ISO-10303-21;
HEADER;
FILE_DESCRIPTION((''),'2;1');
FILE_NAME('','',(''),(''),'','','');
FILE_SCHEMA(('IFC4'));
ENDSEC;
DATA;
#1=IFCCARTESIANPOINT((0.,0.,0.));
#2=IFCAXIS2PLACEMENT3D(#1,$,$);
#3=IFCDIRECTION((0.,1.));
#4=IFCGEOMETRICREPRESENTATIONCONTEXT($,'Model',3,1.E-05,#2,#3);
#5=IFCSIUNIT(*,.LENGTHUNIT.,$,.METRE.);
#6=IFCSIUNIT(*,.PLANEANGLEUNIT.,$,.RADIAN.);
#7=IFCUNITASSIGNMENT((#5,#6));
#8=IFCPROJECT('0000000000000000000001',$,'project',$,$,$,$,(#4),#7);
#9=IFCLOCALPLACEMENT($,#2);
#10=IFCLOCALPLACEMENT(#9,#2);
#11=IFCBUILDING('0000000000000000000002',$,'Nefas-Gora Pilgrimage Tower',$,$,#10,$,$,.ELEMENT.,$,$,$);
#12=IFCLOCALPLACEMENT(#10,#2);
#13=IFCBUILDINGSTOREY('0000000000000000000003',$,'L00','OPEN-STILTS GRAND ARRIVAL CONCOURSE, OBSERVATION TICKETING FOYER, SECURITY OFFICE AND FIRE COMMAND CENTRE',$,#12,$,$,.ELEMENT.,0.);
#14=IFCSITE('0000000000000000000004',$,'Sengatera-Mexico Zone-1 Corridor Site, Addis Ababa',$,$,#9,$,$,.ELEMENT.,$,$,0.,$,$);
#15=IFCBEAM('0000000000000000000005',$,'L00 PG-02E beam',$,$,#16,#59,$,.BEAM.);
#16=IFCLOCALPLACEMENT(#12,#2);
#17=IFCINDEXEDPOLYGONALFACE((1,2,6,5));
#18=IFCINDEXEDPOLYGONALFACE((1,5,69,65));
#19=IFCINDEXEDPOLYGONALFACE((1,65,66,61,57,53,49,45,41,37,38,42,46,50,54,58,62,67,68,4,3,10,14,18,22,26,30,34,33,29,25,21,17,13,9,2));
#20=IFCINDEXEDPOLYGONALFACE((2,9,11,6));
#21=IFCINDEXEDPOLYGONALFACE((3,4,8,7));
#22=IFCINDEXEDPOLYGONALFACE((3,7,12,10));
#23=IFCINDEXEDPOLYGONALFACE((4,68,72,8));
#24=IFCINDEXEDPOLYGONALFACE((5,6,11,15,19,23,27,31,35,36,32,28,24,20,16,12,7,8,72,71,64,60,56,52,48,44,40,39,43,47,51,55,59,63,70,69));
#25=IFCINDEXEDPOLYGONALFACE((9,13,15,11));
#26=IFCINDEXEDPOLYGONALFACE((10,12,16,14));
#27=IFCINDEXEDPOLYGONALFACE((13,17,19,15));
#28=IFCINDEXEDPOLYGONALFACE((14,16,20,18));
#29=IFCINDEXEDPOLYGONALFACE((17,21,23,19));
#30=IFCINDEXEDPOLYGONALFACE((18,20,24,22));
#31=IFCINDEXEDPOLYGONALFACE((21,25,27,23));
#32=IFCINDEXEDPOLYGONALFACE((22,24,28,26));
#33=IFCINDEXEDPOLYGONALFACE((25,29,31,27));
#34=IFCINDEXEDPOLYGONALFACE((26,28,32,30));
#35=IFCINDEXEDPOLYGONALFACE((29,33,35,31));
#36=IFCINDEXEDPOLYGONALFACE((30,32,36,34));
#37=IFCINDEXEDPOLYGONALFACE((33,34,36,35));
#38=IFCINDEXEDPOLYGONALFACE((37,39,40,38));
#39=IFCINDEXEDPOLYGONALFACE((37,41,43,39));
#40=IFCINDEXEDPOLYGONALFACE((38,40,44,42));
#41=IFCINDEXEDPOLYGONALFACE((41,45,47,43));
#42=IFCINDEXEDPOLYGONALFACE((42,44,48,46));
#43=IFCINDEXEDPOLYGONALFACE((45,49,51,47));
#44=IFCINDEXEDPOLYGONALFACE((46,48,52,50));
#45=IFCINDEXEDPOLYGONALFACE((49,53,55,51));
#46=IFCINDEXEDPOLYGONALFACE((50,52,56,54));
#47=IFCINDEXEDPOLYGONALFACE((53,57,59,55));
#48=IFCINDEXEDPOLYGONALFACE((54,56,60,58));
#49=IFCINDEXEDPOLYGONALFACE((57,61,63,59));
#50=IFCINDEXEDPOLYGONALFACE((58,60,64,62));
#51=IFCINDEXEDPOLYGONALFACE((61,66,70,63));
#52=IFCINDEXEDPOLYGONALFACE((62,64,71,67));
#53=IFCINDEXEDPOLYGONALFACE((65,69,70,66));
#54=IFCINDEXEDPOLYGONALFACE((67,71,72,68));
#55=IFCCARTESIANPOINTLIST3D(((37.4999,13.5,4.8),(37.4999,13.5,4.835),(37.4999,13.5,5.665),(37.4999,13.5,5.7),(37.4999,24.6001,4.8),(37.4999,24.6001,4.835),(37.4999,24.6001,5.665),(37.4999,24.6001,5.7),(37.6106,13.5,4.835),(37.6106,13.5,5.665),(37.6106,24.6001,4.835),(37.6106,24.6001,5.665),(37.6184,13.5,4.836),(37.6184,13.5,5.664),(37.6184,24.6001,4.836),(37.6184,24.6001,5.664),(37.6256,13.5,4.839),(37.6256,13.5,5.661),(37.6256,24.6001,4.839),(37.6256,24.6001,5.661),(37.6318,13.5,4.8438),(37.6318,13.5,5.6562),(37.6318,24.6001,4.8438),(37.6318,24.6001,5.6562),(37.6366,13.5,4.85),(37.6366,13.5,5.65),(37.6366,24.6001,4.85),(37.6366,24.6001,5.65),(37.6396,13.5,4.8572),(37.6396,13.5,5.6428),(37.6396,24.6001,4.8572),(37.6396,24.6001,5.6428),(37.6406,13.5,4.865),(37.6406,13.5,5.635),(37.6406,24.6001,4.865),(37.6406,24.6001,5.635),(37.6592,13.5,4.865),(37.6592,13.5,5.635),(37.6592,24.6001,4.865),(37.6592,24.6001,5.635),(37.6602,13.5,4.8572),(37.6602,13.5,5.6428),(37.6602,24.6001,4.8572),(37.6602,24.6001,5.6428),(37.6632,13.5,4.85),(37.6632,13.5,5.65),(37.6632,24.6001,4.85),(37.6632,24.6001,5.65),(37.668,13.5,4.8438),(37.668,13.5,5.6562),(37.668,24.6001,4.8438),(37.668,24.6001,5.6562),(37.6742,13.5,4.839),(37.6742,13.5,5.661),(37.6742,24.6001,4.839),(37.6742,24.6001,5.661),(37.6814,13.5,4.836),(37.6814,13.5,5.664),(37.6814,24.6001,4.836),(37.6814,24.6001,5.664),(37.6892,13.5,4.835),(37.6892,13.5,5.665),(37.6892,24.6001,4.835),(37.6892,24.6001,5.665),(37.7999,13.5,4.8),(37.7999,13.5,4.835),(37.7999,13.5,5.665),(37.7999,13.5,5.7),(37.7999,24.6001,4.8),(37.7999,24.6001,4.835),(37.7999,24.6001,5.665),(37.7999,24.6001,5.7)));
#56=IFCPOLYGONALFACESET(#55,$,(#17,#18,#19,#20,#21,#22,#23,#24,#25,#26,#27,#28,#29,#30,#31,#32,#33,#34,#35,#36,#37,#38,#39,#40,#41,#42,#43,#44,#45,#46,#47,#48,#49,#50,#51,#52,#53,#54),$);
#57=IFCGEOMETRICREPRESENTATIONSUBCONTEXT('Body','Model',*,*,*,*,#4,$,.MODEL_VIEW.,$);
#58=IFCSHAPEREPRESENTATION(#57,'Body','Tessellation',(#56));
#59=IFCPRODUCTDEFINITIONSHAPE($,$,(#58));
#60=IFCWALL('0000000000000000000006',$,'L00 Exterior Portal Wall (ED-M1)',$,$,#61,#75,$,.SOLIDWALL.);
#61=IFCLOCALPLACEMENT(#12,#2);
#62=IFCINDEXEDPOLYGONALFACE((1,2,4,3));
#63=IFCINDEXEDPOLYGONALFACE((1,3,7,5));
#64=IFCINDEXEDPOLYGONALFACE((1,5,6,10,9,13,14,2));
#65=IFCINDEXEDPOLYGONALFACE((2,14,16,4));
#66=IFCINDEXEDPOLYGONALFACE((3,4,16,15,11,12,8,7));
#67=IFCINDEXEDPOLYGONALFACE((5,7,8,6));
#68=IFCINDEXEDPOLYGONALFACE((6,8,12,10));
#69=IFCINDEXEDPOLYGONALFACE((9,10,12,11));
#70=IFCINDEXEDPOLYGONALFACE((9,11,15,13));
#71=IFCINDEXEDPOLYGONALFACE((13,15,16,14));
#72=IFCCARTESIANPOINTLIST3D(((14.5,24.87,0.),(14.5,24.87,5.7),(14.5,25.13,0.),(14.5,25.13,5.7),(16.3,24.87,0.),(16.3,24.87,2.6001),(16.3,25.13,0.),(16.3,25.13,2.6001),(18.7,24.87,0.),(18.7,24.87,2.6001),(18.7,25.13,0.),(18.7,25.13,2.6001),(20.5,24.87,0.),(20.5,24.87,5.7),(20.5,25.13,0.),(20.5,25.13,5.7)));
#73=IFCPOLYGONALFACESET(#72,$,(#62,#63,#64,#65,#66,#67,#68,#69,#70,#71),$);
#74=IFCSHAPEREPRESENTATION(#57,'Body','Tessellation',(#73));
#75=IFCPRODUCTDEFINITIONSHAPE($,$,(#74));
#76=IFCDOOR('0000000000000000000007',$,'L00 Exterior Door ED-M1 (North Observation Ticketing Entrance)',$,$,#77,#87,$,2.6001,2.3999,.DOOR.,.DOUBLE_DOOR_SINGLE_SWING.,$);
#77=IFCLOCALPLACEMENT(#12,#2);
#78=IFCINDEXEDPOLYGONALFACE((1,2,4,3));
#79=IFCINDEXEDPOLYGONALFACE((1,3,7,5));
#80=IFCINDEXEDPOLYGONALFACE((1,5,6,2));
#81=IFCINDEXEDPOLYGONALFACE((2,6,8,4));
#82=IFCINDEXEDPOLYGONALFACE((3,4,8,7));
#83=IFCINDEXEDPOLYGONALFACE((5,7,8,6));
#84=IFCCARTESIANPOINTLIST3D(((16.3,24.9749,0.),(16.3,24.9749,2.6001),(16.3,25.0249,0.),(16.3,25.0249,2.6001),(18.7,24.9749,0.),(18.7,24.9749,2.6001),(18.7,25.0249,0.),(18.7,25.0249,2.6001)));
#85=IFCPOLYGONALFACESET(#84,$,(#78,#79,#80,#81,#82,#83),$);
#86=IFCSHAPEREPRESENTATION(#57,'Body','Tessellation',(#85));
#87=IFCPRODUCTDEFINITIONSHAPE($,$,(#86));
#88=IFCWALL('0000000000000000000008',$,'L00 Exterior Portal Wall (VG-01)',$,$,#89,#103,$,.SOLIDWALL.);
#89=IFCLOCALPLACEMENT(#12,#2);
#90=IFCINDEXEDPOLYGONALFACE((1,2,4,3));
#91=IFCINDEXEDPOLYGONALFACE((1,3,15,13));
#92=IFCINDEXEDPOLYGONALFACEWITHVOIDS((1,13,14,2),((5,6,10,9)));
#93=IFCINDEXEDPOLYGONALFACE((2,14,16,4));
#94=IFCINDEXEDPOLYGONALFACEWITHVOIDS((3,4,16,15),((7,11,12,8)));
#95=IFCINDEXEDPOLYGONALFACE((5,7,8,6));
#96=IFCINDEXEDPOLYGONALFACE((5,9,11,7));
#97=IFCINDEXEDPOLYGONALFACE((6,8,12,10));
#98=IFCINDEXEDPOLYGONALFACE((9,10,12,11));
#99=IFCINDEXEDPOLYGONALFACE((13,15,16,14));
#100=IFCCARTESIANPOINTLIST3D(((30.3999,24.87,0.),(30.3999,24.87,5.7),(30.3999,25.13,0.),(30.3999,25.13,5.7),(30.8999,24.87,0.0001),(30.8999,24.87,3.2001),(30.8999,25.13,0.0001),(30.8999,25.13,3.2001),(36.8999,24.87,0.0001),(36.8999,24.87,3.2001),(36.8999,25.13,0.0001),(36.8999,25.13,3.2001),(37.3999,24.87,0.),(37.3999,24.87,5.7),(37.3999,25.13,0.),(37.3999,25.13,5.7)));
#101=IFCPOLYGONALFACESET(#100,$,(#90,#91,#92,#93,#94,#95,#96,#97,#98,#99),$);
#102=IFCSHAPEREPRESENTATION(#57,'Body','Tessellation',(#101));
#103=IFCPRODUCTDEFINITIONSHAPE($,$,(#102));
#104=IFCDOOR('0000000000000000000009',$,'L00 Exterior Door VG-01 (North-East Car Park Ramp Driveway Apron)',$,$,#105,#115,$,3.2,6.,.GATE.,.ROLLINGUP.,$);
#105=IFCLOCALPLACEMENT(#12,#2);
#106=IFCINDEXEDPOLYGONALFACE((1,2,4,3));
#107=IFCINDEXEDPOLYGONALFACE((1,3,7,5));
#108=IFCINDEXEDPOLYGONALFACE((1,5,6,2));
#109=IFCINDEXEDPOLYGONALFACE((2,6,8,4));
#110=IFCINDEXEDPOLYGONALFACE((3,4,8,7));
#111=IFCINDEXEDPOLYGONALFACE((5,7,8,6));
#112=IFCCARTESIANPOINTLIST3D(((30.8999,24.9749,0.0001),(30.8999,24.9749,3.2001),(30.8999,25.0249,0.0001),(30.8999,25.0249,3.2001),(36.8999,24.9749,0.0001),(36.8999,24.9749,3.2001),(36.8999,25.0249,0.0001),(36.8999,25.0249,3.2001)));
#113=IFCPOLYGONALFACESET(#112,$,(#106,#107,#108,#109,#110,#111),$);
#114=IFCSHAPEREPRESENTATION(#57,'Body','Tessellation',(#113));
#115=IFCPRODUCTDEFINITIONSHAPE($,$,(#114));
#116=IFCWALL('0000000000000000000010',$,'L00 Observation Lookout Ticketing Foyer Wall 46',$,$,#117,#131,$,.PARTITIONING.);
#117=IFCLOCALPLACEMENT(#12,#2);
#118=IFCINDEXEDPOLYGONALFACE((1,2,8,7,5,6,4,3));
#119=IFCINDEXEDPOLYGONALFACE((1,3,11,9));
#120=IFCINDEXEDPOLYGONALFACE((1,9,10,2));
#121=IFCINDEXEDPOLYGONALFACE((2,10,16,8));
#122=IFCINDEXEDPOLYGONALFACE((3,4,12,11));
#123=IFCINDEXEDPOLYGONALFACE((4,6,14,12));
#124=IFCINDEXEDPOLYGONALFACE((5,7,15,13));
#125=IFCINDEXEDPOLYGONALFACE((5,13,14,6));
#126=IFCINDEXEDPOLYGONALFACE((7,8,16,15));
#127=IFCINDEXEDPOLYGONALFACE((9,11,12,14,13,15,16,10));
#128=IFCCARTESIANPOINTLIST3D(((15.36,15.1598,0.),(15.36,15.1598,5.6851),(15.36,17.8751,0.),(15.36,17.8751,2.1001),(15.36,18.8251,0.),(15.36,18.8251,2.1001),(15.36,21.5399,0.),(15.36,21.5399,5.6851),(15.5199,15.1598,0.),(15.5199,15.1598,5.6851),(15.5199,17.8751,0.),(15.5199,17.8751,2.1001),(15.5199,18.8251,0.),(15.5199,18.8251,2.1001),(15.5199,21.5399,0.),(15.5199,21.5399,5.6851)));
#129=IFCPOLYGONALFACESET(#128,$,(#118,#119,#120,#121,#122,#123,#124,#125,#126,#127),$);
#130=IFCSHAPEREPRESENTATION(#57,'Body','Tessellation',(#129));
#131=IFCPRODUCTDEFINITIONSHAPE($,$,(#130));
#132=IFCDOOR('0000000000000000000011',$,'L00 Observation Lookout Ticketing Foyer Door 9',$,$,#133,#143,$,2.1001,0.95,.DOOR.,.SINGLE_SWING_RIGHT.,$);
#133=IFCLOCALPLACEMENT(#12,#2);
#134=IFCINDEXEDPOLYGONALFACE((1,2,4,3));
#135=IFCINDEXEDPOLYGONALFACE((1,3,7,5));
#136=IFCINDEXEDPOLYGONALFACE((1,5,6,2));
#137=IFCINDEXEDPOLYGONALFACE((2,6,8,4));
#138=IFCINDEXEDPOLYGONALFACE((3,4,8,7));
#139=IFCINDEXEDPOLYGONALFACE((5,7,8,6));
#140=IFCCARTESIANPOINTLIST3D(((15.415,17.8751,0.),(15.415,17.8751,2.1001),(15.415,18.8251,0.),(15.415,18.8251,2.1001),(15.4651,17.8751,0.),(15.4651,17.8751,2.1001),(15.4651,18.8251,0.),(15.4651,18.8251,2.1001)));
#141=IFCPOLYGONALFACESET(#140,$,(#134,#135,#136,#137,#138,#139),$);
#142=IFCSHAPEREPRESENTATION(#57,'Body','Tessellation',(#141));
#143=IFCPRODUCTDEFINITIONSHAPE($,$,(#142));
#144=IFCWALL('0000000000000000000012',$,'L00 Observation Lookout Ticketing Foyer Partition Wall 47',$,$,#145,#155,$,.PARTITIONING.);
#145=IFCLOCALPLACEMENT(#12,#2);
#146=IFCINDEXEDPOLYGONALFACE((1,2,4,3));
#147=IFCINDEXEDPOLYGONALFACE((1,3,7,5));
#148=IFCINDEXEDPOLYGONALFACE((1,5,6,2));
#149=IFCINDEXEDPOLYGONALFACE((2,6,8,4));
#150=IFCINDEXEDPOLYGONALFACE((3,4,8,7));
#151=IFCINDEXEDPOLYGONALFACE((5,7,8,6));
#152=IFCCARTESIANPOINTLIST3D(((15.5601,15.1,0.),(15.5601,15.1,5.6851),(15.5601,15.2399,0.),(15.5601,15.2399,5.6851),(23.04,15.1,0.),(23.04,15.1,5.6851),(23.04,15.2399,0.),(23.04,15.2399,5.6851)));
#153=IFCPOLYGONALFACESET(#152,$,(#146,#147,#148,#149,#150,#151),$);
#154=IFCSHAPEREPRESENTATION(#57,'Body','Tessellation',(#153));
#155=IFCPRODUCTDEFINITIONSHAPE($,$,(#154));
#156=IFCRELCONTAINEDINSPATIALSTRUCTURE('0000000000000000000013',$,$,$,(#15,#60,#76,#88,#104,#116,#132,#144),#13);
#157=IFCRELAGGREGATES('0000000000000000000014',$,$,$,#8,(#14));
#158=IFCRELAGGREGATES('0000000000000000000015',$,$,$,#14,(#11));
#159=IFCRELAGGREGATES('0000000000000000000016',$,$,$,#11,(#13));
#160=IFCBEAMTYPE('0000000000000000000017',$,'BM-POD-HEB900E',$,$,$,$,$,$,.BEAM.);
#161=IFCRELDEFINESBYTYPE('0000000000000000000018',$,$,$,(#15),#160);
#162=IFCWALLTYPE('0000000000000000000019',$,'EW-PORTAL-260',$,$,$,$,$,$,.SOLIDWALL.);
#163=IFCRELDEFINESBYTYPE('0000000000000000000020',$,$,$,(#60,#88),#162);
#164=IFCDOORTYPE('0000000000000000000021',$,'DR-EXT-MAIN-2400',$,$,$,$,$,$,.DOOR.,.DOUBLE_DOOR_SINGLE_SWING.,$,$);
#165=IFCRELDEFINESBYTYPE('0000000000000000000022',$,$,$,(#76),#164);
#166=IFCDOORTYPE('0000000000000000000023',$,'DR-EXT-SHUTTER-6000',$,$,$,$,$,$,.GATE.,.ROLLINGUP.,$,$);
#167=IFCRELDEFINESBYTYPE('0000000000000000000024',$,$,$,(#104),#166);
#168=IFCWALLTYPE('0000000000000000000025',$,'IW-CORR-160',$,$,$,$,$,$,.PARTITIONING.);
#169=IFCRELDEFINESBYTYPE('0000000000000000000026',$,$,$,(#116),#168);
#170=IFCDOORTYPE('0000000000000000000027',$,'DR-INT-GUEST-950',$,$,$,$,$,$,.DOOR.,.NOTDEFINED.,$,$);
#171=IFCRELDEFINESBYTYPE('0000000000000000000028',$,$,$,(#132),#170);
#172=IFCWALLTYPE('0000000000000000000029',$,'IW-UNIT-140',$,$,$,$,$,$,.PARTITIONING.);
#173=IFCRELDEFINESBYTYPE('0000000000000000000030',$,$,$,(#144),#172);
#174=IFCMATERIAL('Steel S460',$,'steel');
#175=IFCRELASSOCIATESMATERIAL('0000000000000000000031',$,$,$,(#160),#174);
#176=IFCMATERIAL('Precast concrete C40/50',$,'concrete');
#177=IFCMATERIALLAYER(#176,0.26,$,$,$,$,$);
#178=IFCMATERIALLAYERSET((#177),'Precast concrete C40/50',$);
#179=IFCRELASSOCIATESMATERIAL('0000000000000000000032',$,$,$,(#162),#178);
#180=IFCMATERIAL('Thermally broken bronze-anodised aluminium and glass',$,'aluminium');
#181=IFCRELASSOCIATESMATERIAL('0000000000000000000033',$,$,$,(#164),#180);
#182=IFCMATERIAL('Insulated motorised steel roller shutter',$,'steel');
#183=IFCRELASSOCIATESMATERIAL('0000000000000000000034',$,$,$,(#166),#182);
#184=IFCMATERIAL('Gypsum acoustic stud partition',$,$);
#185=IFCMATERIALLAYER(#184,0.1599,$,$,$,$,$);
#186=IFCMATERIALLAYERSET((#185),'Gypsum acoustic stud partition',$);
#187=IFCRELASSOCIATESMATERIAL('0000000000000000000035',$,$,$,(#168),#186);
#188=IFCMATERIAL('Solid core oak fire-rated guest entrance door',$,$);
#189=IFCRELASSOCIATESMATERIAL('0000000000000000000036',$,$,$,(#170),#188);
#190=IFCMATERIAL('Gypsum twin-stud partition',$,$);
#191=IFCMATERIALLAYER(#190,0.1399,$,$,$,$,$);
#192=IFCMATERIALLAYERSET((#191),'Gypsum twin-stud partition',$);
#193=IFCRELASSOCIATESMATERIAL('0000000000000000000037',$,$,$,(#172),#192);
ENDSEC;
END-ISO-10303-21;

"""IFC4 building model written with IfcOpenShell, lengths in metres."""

from ifc_helpers import new_model, si_unit, direction, frame, frame_2d, origin, origin_2d, place, context, subcontext, project, spatial, rectangle, i_section, extrude, source, transform, mapped, material, layer, layer_set, material_profile, profile_set, type_object, element, fill, save


model = new_model("IFC4")

# Units and contexts
model_context = context("Model", 3, precision=1e-05, world=origin(), true_north=direction((0.0, 1.0)))
body_context = subcontext(model_context, "Body", "Model", "MODEL_VIEW")
ifc_project = project(units=[si_unit("LENGTHUNIT", "METRE"), si_unit("PLANEANGLEUNIT", "RADIAN")], contexts=[model_context])

# Site, building, storey
site_placement = place(None, origin())
site = spatial("IfcSite", under=ifc_project, at=site_placement, Name="Sengatera-Mexico Zone-1 Corridor Site, Addis Ababa", CompositionType="ELEMENT", RefElevation=0.0)
building_placement = place(site_placement, origin())
building = spatial("IfcBuilding", under=site, at=building_placement, Name="Nefas-Gora Pilgrimage Tower", CompositionType="ELEMENT")
storey_placement = place(building_placement, origin())
storey = spatial("IfcBuildingStorey", under=building, at=storey_placement, Name="L00", Description="OPEN-STILTS GRAND ARRIVAL CONCOURSE, OBSERVATION TICKETING FOYER, SECURITY OFFICE AND FIRE COMMAND CENTRE", CompositionType="ELEMENT", Elevation=0.0)

# Shared definitions
ifc_material_1 = material(Name="Steel S460", Category="steel")

# Beam
ifc_material_profile_1 = material_profile(ifc_material_1, i_section(OverallWidth=0.3, OverallDepth=0.8999, WebThickness=0.0186, FlangeThickness=0.0349, FilletRadius=0.03, at=origin_2d()), Name="HEB 900")
ifc_profile_set_1 = profile_set([ifc_material_profile_1], Name="Steel S460")
beam_type = type_object("IfcBeamType", Name="BM-POD-HEB900E", PredefinedType="BEAM", material=ifc_profile_set_1)
shared_shape_1 = source(origin(), body_context, "Body", "SweptSolid", [
    extrude(i_section(OverallWidth=0.3, OverallDepth=0.8999, WebThickness=0.0186, FlangeThickness=0.0349, FilletRadius=0.03, at=origin_2d()), origin(), (0.0, 0.0, 1.0), 11.1001),
])
beam_1_placement = place(storey_placement, frame((37.6499, 13.5, 5.25), z_axis=(0.0, 1.0, 0.0), x_axis=(-1.0, 0.0, 0.0)))
element("IfcBeam", 1, at=beam_1_placement, inside=storey, type_object=beam_type, Name="L00 PG-02E beam", PredefinedType="BEAM", context=body_context, shape_type="MappedRepresentation", body=[
    mapped(shared_shape_1, transform((0.0, 0.0, 0.0), x_axis=(1.0, 0.0, 0.0), y_axis=(0.0, 1.0, 0.0), z_axis=(0.0, 0.0, 1.0), scale=1.0)),
])

# Walls, openings, doors
ifc_material_2 = material(Name="Precast concrete C40/50", Category="concrete")
ifc_layer_1 = layer(ifc_material_2, 0.26)
ifc_layer_set_1 = layer_set([ifc_layer_1], Name="Precast concrete C40/50")
wall_type_1 = type_object("IfcWallType", Name="EW-PORTAL-260", PredefinedType="SOLIDWALL", material=ifc_layer_set_1)
shared_shape_2 = source(origin(), body_context, "Body", "SweptSolid", [
    extrude(rectangle(XDim=6.0, YDim=0.26, at=frame_2d((3.0, 0.0))), origin(), (0.0, 0.0, 1.0), 5.7),
])
wall_1_placement = place(storey_placement, frame((14.5, 25.0, 0.0), z_axis=(0.0, 0.0, 1.0), x_axis=(1.0, 0.0, 0.0)))
wall_1 = element("IfcWall", 2, at=wall_1_placement, inside=storey, type_object=wall_type_1, Name="L00 Exterior Portal Wall (ED-M1)", PredefinedType="SOLIDWALL", context=body_context, shape_type="MappedRepresentation", body=[
    mapped(shared_shape_2, transform((0.0, 0.0, 0.0), x_axis=(1.0, 0.0, 0.0), y_axis=(0.0, 1.0, 0.0), z_axis=(0.0, 0.0, 1.0), scale=1.0)),
])
opening_1_placement = place(wall_1_placement, frame((1.8, 0.0, 0.0)))
opening_1 = element("IfcOpeningElement", 3, at=opening_1_placement, cuts=wall_1, PredefinedType="OPENING", context=body_context, shape_type="SweptSolid", body=[
    extrude(rectangle(XDim=2.3999, YDim=2.6001, at=frame_2d((1.2, 1.3))), frame((0.0, 0.1399, 0.0), z_axis=(0.0, -1.0, 0.0), x_axis=(1.0, 0.0, 0.0)), (0.0, 0.0, 1.0), 0.28),
])
ifc_material_3 = material(Name="Thermally broken bronze-anodised aluminium and glass", Category="aluminium")
door_type_1 = type_object("IfcDoorType", Name="DR-EXT-MAIN-2400", OperationType="DOUBLE_DOOR_SINGLE_SWING", PredefinedType="DOOR", material=ifc_material_3)
shared_shape_3 = source(origin(), body_context, "Body", "SweptSolid", [
    extrude(rectangle(XDim=2.3999, YDim=2.6001, at=frame_2d((1.2, 1.3))), frame((0.0, 0.0249, 0.0), z_axis=(0.0, -1.0, 0.0), x_axis=(1.0, 0.0, 0.0)), (0.0, 0.0, 1.0), 0.05),
])
door_1_placement = place(opening_1_placement, origin())
door_1 = element("IfcDoor", 4, at=door_1_placement, inside=storey, type_object=door_type_1, Name="L00 Exterior Door ED-M1 (North Observation Ticketing Entrance)", OperationType="DOUBLE_DOOR_SINGLE_SWING", OverallHeight=2.6001, OverallWidth=2.3999, PredefinedType="DOOR", context=body_context, shape_type="MappedRepresentation", body=[
    mapped(shared_shape_3, transform((0.0, 0.0, 0.0), x_axis=(1.0, 0.0, 0.0), y_axis=(0.0, 1.0, 0.0), z_axis=(0.0, 0.0, 1.0), scale=1.0)),
])
fill(opening_1, door_1)
shared_shape_4 = source(origin(), body_context, "Body", "SweptSolid", [
    extrude(rectangle(XDim=7.0, YDim=0.26, at=frame_2d((3.5, 0.0))), origin(), (0.0, 0.0, 1.0), 5.7),
])
wall_2_placement = place(storey_placement, frame((30.3999, 25.0, 0.0), z_axis=(0.0, 0.0, 1.0), x_axis=(1.0, 0.0, 0.0)))
wall_2 = element("IfcWall", 5, at=wall_2_placement, inside=storey, type_object=wall_type_1, Name="L00 Exterior Portal Wall (VG-01)", PredefinedType="SOLIDWALL", context=body_context, shape_type="MappedRepresentation", body=[
    mapped(shared_shape_4, transform((0.0, 0.0, 0.0), x_axis=(1.0, 0.0, 0.0), y_axis=(0.0, 1.0, 0.0), z_axis=(0.0, 0.0, 1.0), scale=1.0)),
])
opening_2_placement = place(wall_2_placement, frame((0.5, 0.0, 0.0)))
opening_2 = element("IfcOpeningElement", 6, at=opening_2_placement, cuts=wall_2, PredefinedType="OPENING", context=body_context, shape_type="SweptSolid", body=[
    extrude(rectangle(XDim=6.0, YDim=3.2, at=frame_2d((3.0, 1.6001))), frame((0.0, 0.1399, 0.0), z_axis=(0.0, -1.0, 0.0), x_axis=(1.0, 0.0, 0.0)), (0.0, 0.0, 1.0), 0.28),
])
ifc_material_4 = material(Name="Insulated motorised steel roller shutter", Category="steel")
door_type_2 = type_object("IfcDoorType", Name="DR-EXT-SHUTTER-6000", OperationType="ROLLINGUP", PredefinedType="GATE", material=ifc_material_4)
shared_shape_5 = source(origin(), body_context, "Body", "SweptSolid", [
    extrude(rectangle(XDim=6.0, YDim=3.2, at=frame_2d((3.0, 1.6001))), frame((0.0, 0.0249, 0.0), z_axis=(0.0, -1.0, 0.0), x_axis=(1.0, 0.0, 0.0)), (0.0, 0.0, 1.0), 0.05),
])
door_2_placement = place(opening_2_placement, origin())
door_2 = element("IfcDoor", 7, at=door_2_placement, inside=storey, type_object=door_type_2, Name="L00 Exterior Door VG-01 (North-East Car Park Ramp Driveway Apron)", OperationType="ROLLINGUP", OverallHeight=3.2, OverallWidth=6.0, PredefinedType="GATE", context=body_context, shape_type="MappedRepresentation", body=[
    mapped(shared_shape_5, transform((0.0, 0.0, 0.0), x_axis=(1.0, 0.0, 0.0), y_axis=(0.0, 1.0, 0.0), z_axis=(0.0, 0.0, 1.0), scale=1.0)),
])
fill(opening_2, door_2)
ifc_material_5 = material(Name="Gypsum acoustic stud partition")
ifc_layer_2 = layer(ifc_material_5, 0.1599)
ifc_layer_set_2 = layer_set([ifc_layer_2], Name="Gypsum acoustic stud partition")
wall_type_2 = type_object("IfcWallType", Name="IW-CORR-160", PredefinedType="PARTITIONING", material=ifc_layer_set_2)
shared_shape_6 = source(origin(), body_context, "Body", "SweptSolid", [
    extrude(rectangle(XDim=6.3801, YDim=0.1599, at=frame_2d((3.1899, 0.0))), origin(), (0.0, 0.0, 1.0), 5.6851),
])
wall_3_placement = place(storey_placement, frame((15.4399, 15.1599, 0.0), z_axis=(0.0, 0.0, 1.0), x_axis=(0.0, 1.0, 0.0)))
wall_3 = element("IfcWall", 8, at=wall_3_placement, inside=storey, type_object=wall_type_2, Name="L00 Observation Lookout Ticketing Foyer Wall 46", PredefinedType="PARTITIONING", context=body_context, shape_type="MappedRepresentation", body=[
    mapped(shared_shape_6, transform((0.0, 0.0, 0.0), x_axis=(1.0, 0.0, 0.0), y_axis=(0.0, 1.0, 0.0), z_axis=(0.0, 0.0, 1.0), scale=1.0)),
])
opening_3_placement = place(wall_3_placement, frame((2.7151, 0.0, 0.0)))
opening_3 = element("IfcOpeningElement", 9, at=opening_3_placement, cuts=wall_3, PredefinedType="OPENING", context=body_context, shape_type="SweptSolid", body=[
    extrude(rectangle(XDim=0.95, YDim=2.1001, at=frame_2d((0.4751, 1.05))), frame((0.0, 0.0898, 0.0), z_axis=(0.0, -1.0, 0.0), x_axis=(1.0, 0.0, 0.0)), (0.0, 0.0, 1.0), 0.1799),
])
ifc_material_6 = material(Name="Solid core oak fire-rated guest entrance door")
door_type_3 = type_object("IfcDoorType", Name="DR-INT-GUEST-950", OperationType="NOTDEFINED", PredefinedType="DOOR", material=ifc_material_6)
shared_shape_7 = source(origin(), body_context, "Body", "SweptSolid", [
    extrude(rectangle(XDim=0.95, YDim=2.1001, at=frame_2d((0.4751, 1.05))), frame((0.0, 0.0249, 0.0), z_axis=(0.0, -1.0, 0.0), x_axis=(1.0, 0.0, 0.0)), (0.0, 0.0, 1.0), 0.05),
])
door_3_placement = place(opening_3_placement, origin())
door_3 = element("IfcDoor", 10, at=door_3_placement, inside=storey, type_object=door_type_3, Name="L00 Observation Lookout Ticketing Foyer Door 9", OperationType="SINGLE_SWING_RIGHT", OverallHeight=2.1001, OverallWidth=0.95, PredefinedType="DOOR", context=body_context, shape_type="MappedRepresentation", body=[
    mapped(shared_shape_7, transform((0.0, 0.0, 0.0), x_axis=(1.0, 0.0, 0.0), y_axis=(0.0, 1.0, 0.0), z_axis=(0.0, 0.0, 1.0), scale=1.0)),
])
fill(opening_3, door_3)

# Wall
ifc_material_7 = material(Name="Gypsum twin-stud partition")
ifc_layer_3 = layer(ifc_material_7, 0.1399)
ifc_layer_set_3 = layer_set([ifc_layer_3], Name="Gypsum twin-stud partition")
wall_type_3 = type_object("IfcWallType", Name="IW-UNIT-140", PredefinedType="PARTITIONING", material=ifc_layer_set_3)
shared_shape_8 = source(origin(), body_context, "Body", "SweptSolid", [
    extrude(rectangle(XDim=7.48, YDim=0.1399, at=frame_2d((3.74, 0.0))), origin(), (0.0, 0.0, 1.0), 5.6851),
])
for number, where, z_axis, x_axis, name in (
    (11, (15.5601, 15.1699, 0.0), (0.0, 0.0, 1.0), (1.0, 0.0, 0.0), "L00 Observation Lookout Ticketing Foyer Partition Wall 47"),
):
    element("IfcWall", number, at=place(storey_placement, frame(where, z_axis=z_axis, x_axis=x_axis)), inside=storey, type_object=wall_type_3, Name=name, PredefinedType="PARTITIONING", context=body_context, shape_type="MappedRepresentation", body=[
        mapped(shared_shape_8, transform((0.0, 0.0, 0.0), x_axis=(1.0, 0.0, 0.0), y_axis=(0.0, 1.0, 0.0), z_axis=(0.0, 0.0, 1.0), scale=1.0)),
    ])

save(model, "model.ifc")
